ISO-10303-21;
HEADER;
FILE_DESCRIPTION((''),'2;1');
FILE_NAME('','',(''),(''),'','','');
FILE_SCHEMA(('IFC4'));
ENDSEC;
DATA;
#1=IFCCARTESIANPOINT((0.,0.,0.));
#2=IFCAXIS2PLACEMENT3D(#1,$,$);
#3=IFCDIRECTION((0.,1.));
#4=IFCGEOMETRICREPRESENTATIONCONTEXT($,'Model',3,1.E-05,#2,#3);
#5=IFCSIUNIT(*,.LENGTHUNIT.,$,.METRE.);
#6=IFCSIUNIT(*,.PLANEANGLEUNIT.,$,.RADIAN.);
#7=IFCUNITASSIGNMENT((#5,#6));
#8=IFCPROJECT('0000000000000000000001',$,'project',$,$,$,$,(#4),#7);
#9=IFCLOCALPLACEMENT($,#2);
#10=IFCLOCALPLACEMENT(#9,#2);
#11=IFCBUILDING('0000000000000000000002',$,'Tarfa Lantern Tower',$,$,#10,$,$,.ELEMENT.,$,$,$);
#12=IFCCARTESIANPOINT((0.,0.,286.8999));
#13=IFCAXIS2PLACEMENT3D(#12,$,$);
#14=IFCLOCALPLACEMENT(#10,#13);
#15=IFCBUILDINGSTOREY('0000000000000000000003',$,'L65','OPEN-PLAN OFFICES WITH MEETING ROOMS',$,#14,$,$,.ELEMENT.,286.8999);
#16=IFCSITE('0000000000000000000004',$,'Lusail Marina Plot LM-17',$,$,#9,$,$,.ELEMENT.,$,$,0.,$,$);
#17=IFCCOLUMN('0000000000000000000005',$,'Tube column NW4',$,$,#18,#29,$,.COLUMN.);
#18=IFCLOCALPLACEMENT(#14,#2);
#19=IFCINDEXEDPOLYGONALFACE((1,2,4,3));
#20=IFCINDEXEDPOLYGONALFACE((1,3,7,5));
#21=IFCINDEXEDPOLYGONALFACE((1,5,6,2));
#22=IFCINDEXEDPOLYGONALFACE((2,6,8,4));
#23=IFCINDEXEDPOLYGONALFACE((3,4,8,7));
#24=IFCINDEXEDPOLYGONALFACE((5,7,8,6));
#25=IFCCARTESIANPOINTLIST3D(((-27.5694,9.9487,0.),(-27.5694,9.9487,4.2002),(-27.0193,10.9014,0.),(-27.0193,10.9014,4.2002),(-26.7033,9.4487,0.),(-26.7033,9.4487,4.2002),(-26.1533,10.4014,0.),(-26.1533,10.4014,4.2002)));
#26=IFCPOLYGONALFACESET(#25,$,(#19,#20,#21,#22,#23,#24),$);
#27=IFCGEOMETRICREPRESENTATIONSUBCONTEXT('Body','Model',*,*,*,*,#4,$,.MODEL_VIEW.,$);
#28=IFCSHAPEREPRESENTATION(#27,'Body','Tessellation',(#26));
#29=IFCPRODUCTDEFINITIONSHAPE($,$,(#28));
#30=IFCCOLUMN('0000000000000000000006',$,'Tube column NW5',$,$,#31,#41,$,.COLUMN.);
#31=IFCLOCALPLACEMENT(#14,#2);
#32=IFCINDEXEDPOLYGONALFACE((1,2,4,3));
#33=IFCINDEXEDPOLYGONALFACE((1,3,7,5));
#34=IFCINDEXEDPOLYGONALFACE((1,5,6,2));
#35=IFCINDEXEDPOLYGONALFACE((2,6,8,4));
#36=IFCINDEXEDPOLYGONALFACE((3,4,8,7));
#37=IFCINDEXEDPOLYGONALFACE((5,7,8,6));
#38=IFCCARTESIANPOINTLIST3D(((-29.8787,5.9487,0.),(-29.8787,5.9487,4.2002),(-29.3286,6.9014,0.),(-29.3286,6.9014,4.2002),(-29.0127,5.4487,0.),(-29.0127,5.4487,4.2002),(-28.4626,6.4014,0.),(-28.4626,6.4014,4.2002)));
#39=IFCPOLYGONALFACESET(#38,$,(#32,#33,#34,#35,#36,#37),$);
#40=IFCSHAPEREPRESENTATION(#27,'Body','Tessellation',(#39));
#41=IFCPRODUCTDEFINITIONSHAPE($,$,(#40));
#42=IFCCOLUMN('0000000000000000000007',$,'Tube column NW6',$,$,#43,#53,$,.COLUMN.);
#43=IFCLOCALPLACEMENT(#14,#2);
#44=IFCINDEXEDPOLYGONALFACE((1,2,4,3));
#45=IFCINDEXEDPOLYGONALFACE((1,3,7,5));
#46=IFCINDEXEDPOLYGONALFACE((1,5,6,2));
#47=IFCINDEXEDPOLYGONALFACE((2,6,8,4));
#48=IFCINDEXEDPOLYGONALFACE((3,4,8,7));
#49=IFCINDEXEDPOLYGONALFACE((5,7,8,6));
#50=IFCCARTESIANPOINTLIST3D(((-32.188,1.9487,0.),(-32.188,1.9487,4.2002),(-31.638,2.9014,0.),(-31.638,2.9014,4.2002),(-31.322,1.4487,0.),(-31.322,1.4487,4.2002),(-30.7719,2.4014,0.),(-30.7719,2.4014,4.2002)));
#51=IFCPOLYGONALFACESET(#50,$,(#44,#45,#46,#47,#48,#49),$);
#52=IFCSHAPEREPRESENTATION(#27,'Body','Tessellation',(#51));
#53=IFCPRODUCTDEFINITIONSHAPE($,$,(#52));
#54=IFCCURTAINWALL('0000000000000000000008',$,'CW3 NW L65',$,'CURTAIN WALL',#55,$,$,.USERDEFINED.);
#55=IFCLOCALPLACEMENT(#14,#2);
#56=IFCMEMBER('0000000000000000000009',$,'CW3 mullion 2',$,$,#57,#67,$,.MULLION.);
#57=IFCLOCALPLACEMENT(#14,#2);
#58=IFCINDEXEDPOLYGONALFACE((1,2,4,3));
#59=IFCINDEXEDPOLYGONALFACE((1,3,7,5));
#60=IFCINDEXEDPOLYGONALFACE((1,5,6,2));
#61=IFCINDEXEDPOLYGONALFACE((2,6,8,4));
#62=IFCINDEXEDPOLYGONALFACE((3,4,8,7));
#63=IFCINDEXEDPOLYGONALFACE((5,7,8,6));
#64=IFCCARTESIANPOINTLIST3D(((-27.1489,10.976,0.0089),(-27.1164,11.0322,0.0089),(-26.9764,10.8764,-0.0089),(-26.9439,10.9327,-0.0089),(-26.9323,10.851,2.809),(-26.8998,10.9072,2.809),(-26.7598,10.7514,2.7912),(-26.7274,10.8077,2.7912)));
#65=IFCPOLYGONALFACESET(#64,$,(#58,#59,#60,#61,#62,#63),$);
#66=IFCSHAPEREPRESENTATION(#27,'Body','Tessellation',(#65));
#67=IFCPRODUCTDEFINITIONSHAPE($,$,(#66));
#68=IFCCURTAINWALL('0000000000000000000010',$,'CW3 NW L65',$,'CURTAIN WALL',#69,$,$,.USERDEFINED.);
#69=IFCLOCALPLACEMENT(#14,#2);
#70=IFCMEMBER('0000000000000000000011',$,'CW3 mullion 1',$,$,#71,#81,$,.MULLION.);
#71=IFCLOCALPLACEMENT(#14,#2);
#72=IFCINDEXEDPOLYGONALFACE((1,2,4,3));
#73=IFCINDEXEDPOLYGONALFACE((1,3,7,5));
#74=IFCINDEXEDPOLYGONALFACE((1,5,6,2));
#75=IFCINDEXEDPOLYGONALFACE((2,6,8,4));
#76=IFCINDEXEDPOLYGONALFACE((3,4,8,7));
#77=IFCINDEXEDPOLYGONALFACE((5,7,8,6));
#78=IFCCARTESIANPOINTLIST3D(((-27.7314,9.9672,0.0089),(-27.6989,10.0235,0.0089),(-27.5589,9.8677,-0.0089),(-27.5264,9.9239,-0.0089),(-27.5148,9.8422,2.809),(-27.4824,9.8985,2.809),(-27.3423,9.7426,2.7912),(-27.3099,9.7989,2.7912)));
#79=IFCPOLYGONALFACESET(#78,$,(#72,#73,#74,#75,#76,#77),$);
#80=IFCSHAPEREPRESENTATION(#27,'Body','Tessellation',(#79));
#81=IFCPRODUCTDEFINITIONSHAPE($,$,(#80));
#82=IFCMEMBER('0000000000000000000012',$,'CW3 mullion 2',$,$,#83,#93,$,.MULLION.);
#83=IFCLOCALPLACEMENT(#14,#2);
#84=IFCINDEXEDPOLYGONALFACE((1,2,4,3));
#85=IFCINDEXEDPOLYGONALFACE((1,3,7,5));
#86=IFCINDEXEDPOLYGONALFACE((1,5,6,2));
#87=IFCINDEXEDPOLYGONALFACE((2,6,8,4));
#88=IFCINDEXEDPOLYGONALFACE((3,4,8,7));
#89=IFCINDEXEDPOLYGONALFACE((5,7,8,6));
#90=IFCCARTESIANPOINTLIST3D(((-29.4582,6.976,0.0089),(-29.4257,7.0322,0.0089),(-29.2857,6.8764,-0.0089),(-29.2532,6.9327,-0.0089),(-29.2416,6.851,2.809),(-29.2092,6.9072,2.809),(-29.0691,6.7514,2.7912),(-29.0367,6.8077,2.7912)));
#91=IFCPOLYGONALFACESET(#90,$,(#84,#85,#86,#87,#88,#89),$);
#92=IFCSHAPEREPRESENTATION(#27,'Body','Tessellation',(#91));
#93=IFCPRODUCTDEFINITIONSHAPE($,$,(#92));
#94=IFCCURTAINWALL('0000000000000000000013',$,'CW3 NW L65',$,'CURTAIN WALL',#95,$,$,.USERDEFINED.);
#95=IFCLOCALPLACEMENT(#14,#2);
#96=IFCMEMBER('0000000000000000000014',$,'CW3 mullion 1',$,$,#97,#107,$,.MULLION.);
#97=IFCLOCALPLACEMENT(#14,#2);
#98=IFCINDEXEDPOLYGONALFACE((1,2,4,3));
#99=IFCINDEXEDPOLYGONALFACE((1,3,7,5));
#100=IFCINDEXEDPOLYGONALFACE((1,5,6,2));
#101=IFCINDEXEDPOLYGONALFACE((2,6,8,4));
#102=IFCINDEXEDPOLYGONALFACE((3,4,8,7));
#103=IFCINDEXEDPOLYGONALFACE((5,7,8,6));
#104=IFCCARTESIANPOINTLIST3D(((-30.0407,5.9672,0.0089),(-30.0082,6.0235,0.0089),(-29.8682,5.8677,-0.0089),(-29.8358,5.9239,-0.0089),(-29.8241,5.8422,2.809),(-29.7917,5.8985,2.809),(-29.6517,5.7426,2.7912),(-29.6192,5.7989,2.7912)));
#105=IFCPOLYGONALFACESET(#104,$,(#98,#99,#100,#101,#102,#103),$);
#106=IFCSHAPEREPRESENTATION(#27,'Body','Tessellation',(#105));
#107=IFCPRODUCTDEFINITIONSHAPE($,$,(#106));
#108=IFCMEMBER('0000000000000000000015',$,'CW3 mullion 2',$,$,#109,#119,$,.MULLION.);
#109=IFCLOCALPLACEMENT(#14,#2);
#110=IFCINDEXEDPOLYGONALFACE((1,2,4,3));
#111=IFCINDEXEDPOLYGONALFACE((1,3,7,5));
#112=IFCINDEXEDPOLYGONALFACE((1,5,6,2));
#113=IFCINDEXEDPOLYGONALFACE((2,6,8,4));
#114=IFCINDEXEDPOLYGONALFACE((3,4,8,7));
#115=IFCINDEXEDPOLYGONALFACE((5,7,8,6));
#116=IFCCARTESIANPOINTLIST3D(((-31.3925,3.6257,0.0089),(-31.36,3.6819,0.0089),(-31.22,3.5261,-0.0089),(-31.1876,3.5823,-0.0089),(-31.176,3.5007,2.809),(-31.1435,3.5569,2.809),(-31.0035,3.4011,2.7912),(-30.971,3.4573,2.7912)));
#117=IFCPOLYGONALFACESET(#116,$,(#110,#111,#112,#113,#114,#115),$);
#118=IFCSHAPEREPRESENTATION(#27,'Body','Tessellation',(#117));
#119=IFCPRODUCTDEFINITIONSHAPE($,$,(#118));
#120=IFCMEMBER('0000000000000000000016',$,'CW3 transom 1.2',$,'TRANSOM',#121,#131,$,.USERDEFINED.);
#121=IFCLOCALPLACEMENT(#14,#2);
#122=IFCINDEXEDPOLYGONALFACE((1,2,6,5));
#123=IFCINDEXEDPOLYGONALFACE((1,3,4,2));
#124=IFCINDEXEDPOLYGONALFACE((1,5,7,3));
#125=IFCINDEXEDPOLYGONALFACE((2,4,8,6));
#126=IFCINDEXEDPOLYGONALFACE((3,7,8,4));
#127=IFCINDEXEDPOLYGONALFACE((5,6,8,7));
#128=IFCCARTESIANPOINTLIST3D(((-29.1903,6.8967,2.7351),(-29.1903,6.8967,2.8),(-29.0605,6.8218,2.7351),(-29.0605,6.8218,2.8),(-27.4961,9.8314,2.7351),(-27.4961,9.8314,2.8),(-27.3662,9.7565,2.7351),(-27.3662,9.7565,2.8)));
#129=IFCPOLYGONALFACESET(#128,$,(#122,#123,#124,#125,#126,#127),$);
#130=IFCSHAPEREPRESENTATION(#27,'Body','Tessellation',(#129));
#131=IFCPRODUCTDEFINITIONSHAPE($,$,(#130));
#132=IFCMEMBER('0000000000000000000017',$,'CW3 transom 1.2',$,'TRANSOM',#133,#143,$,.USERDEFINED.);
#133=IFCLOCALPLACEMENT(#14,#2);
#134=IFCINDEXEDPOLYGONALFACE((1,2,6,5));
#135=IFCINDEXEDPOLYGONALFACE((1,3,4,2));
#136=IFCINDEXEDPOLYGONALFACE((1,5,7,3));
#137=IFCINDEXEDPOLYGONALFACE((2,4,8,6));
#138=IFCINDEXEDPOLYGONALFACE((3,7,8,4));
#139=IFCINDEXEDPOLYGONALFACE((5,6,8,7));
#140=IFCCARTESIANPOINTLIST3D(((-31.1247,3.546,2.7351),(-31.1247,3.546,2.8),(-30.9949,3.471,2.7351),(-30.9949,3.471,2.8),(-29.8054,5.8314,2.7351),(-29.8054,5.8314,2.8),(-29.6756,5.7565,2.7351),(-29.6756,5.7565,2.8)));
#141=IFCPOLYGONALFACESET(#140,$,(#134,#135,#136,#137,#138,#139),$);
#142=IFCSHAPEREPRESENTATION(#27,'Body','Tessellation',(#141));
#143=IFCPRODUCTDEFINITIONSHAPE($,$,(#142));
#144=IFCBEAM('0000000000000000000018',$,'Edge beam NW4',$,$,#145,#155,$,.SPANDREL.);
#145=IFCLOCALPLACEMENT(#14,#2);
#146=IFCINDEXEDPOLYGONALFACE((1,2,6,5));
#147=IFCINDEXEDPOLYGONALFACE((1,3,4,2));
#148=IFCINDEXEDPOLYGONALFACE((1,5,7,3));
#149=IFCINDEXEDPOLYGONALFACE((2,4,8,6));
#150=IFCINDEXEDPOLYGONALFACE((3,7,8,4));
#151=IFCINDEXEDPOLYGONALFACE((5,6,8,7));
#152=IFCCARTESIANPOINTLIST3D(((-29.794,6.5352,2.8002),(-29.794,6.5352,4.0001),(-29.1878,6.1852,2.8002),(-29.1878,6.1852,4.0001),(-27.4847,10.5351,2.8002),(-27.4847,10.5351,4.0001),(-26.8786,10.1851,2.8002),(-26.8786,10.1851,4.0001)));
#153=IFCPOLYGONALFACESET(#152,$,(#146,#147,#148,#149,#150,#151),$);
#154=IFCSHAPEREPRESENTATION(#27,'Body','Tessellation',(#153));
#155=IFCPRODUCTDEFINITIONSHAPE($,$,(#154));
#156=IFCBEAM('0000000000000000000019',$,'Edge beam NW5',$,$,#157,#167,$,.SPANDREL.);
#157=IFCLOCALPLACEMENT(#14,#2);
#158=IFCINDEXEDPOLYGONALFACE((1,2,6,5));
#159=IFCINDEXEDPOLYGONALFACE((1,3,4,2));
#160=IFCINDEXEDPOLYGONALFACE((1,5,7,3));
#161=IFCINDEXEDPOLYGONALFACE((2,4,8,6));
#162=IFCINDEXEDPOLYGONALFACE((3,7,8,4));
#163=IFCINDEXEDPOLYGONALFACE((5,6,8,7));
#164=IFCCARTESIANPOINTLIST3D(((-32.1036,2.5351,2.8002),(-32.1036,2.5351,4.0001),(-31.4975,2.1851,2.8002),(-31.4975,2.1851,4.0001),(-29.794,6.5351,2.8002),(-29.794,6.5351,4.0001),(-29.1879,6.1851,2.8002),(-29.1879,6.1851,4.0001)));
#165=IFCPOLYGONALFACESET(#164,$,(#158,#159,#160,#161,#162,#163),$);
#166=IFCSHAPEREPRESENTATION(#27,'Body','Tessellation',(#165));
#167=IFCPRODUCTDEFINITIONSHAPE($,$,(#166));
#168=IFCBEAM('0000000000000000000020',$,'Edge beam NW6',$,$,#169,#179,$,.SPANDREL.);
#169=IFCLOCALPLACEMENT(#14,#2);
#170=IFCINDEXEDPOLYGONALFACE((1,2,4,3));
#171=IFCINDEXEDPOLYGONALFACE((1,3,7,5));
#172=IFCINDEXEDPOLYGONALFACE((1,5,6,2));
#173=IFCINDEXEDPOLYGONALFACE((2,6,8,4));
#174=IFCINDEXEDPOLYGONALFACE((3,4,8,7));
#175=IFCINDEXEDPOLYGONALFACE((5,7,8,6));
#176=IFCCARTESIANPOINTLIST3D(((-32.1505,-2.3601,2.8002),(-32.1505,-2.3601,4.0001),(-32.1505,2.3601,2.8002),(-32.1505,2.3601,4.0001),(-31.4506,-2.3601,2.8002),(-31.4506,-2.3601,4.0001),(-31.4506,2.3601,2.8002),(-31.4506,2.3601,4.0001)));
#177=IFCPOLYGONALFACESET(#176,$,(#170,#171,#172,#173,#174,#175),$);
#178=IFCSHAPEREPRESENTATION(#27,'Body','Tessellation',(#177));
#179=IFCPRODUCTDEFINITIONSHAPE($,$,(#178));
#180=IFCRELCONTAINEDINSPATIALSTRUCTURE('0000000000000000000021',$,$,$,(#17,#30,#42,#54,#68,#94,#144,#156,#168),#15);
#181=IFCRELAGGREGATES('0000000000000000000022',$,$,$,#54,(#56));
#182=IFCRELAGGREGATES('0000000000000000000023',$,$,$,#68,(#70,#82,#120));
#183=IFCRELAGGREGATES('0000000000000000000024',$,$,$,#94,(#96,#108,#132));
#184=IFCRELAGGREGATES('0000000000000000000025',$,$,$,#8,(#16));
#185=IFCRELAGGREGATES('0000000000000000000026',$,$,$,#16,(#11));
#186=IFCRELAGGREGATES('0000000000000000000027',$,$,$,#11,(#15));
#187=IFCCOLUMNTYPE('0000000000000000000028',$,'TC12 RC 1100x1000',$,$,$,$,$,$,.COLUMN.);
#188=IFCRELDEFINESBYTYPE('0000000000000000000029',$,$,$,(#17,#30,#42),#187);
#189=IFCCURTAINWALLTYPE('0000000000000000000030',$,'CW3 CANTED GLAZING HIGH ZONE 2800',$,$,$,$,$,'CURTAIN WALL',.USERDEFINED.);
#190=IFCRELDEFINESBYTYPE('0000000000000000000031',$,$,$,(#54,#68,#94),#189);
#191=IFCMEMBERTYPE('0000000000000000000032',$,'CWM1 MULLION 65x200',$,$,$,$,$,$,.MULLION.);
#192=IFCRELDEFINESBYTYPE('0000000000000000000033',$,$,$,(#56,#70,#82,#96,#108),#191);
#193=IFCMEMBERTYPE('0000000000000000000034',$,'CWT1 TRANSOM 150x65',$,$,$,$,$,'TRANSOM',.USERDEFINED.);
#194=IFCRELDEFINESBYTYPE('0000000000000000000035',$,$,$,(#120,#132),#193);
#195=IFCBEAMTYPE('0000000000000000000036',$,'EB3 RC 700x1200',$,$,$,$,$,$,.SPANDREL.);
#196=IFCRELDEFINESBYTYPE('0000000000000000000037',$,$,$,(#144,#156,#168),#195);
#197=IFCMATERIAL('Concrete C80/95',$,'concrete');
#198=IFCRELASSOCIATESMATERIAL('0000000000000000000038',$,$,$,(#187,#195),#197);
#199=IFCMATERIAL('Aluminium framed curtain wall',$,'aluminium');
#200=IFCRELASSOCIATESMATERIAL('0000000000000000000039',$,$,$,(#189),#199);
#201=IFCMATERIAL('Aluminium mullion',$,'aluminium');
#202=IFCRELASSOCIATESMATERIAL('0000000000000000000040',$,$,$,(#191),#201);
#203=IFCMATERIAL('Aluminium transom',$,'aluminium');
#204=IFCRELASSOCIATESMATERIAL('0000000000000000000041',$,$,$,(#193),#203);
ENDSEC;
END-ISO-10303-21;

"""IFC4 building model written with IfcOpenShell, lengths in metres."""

from ifc_helpers import new_model, si_unit, direction, frame, origin, origin_2d, place, context, subcontext, project, spatial, rectangle, extrude, material, material_profile, profile_set, type_object, element, aggregate, save


model = new_model("IFC4")

# Units and contexts
model_context = context("Model", 3, precision=1e-05, world=origin(), true_north=direction((0.0, 1.0)))
body_context = subcontext(model_context, "Body", "Model", "MODEL_VIEW")
ifc_project = project(units=[si_unit("LENGTHUNIT", "METRE"), si_unit("PLANEANGLEUNIT", "RADIAN")], contexts=[model_context])

# Site, building, storey
site_placement = place(None, origin())
site = spatial("IfcSite", under=ifc_project, at=site_placement, Name="Lusail Marina Plot LM-17", CompositionType="ELEMENT", RefElevation=0.0)
building_placement = place(site_placement, origin())
building = spatial("IfcBuilding", under=site, at=building_placement, Name="Tarfa Lantern Tower", CompositionType="ELEMENT")
storey_placement = place(building_placement, frame((0.0, 0.0, 286.8999)))
storey = spatial("IfcBuildingStorey", under=building, at=storey_placement, Name="L65", Description="OPEN-PLAN OFFICES WITH MEETING ROOMS", CompositionType="ELEMENT", Elevation=286.8999)

# Columns
ifc_material_1 = material(Name="Concrete C80/95", Category="concrete")
ifc_material_profile_1 = material_profile(ifc_material_1, rectangle(XDim=1.1001, YDim=1.0, at=origin_2d()), Name="RC 1100x1000")
ifc_profile_set_1 = profile_set([ifc_material_profile_1], Name="Concrete C80/95")
column_type = type_object("IfcColumnType", Name="TC12 RC 1100x1000", PredefinedType="COLUMN", material=ifc_profile_set_1)
for number, where, z_axis, x_axis, name in (
    (1, (-26.8613, 10.175, 0.0), (0.0, 0.0, 1.0), (-0.5, -0.866025, 0.0), "Tube column NW4"),
    (2, (-29.1707, 6.175, 0.0), (0.0, 0.0, 1.0), (-0.5, -0.866025, 0.0), "Tube column NW5"),
    (3, (-31.48, 2.175, 0.0), (0.0, 0.0, 1.0), (-0.5, -0.866025, 0.0), "Tube column NW6"),
):
    element("IfcColumn", number, at=place(storey_placement, frame(where, z_axis=z_axis, x_axis=x_axis)), inside=storey, type_object=column_type, Name=name, PredefinedType="COLUMN", context=body_context, shape_type="SweptSolid", body=[
        extrude(rectangle(XDim=1.1001, YDim=1.0, at=origin_2d()), origin(), (0.0, 0.0, 1.0), 4.2002),
    ])

# Curtain wall, member
ifc_material_2 = material(Name="Aluminium framed curtain wall", Category="aluminium")
curtain_wall_type = type_object("IfcCurtainWallType", Name="CW3 CANTED GLAZING HIGH ZONE 2800", ElementType="CURTAIN WALL", PredefinedType="USERDEFINED", material=ifc_material_2)
curtain_wall_1_placement = place(storey_placement, origin())
curtain_wall_1 = element("IfcCurtainWall", 4, at=curtain_wall_1_placement, inside=storey, type_object=curtain_wall_type, Name="CW3 NW L65", ObjectType="CURTAIN WALL", PredefinedType="USERDEFINED")
ifc_material_3 = material(Name="Aluminium mullion", Category="aluminium")
ifc_material_profile_2 = material_profile(ifc_material_3, rectangle(XDim=0.0649, YDim=0.2, at=origin_2d()), Name="AL MULLION 65x200")
ifc_profile_set_2 = profile_set([ifc_material_profile_2], Name="Aluminium mullion")
member_type_1 = type_object("IfcMemberType", Name="CWM1 MULLION 65x200", PredefinedType="MULLION", material=ifc_profile_set_2)
member_1_placement = place(storey_placement, frame((-27.0464, 10.9543, 0.0), z_axis=(0.077032, -0.044465, 0.996037), x_axis=(0.49992, 0.866072, 0.0)))
member_1 = element("IfcMember", 5, at=member_1_placement, type_object=member_type_1, Name="CW3 mullion 2", PredefinedType="MULLION", context=body_context, shape_type="SweptSolid", body=[
    extrude(rectangle(XDim=0.0649, YDim=0.2, at=origin_2d()), origin(), (0.0, 0.0, 1.0), 2.8113),
])
aggregate(curtain_wall_1, [member_1])

# Curtain walls, members
curtain_wall_2_placement = place(storey_placement, origin())
curtain_wall_2 = element("IfcCurtainWall", 6, at=curtain_wall_2_placement, inside=storey, type_object=curtain_wall_type, Name="CW3 NW L65", ObjectType="CURTAIN WALL", PredefinedType="USERDEFINED")
member_2_placement = place(storey_placement, frame((-27.6289, 9.9456, 0.0), z_axis=(0.077032, -0.044465, 0.996037), x_axis=(0.49992, 0.866072, 0.0)))
member_2 = element("IfcMember", 7, at=member_2_placement, type_object=member_type_1, Name="CW3 mullion 1", PredefinedType="MULLION", context=body_context, shape_type="SweptSolid", body=[
    extrude(rectangle(XDim=0.0649, YDim=0.2, at=origin_2d()), origin(), (0.0, 0.0, 1.0), 2.8113),
])
member_3_placement = place(storey_placement, frame((-29.3557, 6.9543, 0.0), z_axis=(0.077032, -0.044465, 0.996037), x_axis=(0.49992, 0.866072, 0.0)))
member_3 = element("IfcMember", 8, at=member_3_placement, type_object=member_type_1, Name="CW3 mullion 2", PredefinedType="MULLION", context=body_context, shape_type="SweptSolid", body=[
    extrude(rectangle(XDim=0.0649, YDim=0.2, at=origin_2d()), origin(), (0.0, 0.0, 1.0), 2.8113),
])
curtain_wall_3_placement = place(storey_placement, origin())
curtain_wall_3 = element("IfcCurtainWall", 9, at=curtain_wall_3_placement, inside=storey, type_object=curtain_wall_type, Name="CW3 NW L65", ObjectType="CURTAIN WALL", PredefinedType="USERDEFINED")
member_4_placement = place(storey_placement, frame((-29.9382, 5.9456, 0.0), z_axis=(0.077032, -0.044465, 0.996037), x_axis=(0.49992, 0.866072, 0.0)))
member_4 = element("IfcMember", 10, at=member_4_placement, type_object=member_type_1, Name="CW3 mullion 1", PredefinedType="MULLION", context=body_context, shape_type="SweptSolid", body=[
    extrude(rectangle(XDim=0.0649, YDim=0.2, at=origin_2d()), origin(), (0.0, 0.0, 1.0), 2.8113),
])
member_5_placement = place(storey_placement, frame((-31.29, 3.604, 0.0), z_axis=(0.077032, -0.044465, 0.996037), x_axis=(0.49992, 0.866072, 0.0)))
member_5 = element("IfcMember", 11, at=member_5_placement, type_object=member_type_1, Name="CW3 mullion 2", PredefinedType="MULLION", context=body_context, shape_type="SweptSolid", body=[
    extrude(rectangle(XDim=0.0649, YDim=0.2, at=origin_2d()), origin(), (0.0, 0.0, 1.0), 2.8113),
])

# Members
ifc_material_4 = material(Name="Aluminium transom", Category="aluminium")
ifc_material_profile_3 = material_profile(ifc_material_4, rectangle(XDim=0.1499, YDim=0.0649, at=origin_2d()), Name="AL TRANSOM 150x65")
ifc_profile_set_3 = profile_set([ifc_material_profile_3], Name="Aluminium transom")
member_type_2 = type_object("IfcMemberType", Name="CWT1 TRANSOM 150x65", ElementType="TRANSOM", PredefinedType="USERDEFINED", material=ifc_profile_set_3)
member_6_placement = place(storey_placement, frame((-27.4312, 9.7939, 2.7676), z_axis=(-0.499982, -0.866036, 0.0), x_axis=(0.866036, -0.499982, 0.0)))
member_6 = element("IfcMember", 12, at=member_6_placement, type_object=member_type_2, Name="CW3 transom 1.2", ObjectType="TRANSOM", PredefinedType="USERDEFINED", context=body_context, shape_type="SweptSolid", body=[
    extrude(rectangle(XDim=0.1499, YDim=0.0649, at=origin_2d()), origin(), (0.0, 0.0, 1.0), 3.3887),
])
member_7_placement = place(storey_placement, frame((-29.7405, 5.7939, 2.7676), z_axis=(-0.49996, -0.866048, 0.0), x_axis=(0.866048, -0.49996, 0.0)))
member_7 = element("IfcMember", 13, at=member_7_placement, type_object=member_type_2, Name="CW3 transom 1.2", ObjectType="TRANSOM", PredefinedType="USERDEFINED", context=body_context, shape_type="SweptSolid", body=[
    extrude(rectangle(XDim=0.1499, YDim=0.0649, at=origin_2d()), origin(), (0.0, 0.0, 1.0), 2.6389),
])

# Beams
ifc_material_profile_4 = material_profile(ifc_material_1, rectangle(XDim=0.7, YDim=1.2, at=origin_2d()), Name="RC 700x1200")
ifc_profile_set_4 = profile_set([ifc_material_profile_4], Name="Concrete C80/95")
beam_type_1 = type_object("IfcBeamType", Name="EB3 RC 700x1200", PredefinedType="SPANDREL", material=ifc_profile_set_4)
beam_1_placement = place(storey_placement, frame((-27.1816, 10.3601, 3.4001), z_axis=(-0.499988, -0.866032, 0.0), x_axis=(0.866032, -0.499988, 0.0)))
element("IfcBeam", 14, at=beam_1_placement, inside=storey, type_object=beam_type_1, Name="Edge beam NW4", PredefinedType="SPANDREL", context=body_context, shape_type="SweptSolid", body=[
    extrude(rectangle(XDim=0.7, YDim=1.2, at=origin_2d()), origin(), (0.0, 0.0, 1.0), 4.6187),
])
beam_2_placement = place(storey_placement, frame((-29.491, 6.3601, 3.4001), z_axis=(-0.500027, -0.86601, 0.0), x_axis=(0.86601, -0.500027, 0.0)))
element("IfcBeam", 15, at=beam_2_placement, inside=storey, type_object=beam_type_1, Name="Edge beam NW5", PredefinedType="SPANDREL", context=body_context, shape_type="SweptSolid", body=[
    extrude(rectangle(XDim=0.7, YDim=1.2, at=origin_2d()), origin(), (0.0, 0.0, 1.0), 4.6189),
])
beam_3_placement = place(storey_placement, frame((-31.8005, 2.3601, 3.4001), z_axis=(0.0, -1.0, 0.0), x_axis=(1.0, 0.0, 0.0)))
element("IfcBeam", 16, at=beam_3_placement, inside=storey, type_object=beam_type_1, Name="Edge beam NW6", PredefinedType="SPANDREL", context=body_context, shape_type="SweptSolid", body=[
    extrude(rectangle(XDim=0.7, YDim=1.2, at=origin_2d()), origin(), (0.0, 0.0, 1.0), 4.7202),
])

aggregate(curtain_wall_2, [member_2, member_3, member_6])
aggregate(curtain_wall_3, [member_4, member_5, member_7])

save(model, "model.ifc")
